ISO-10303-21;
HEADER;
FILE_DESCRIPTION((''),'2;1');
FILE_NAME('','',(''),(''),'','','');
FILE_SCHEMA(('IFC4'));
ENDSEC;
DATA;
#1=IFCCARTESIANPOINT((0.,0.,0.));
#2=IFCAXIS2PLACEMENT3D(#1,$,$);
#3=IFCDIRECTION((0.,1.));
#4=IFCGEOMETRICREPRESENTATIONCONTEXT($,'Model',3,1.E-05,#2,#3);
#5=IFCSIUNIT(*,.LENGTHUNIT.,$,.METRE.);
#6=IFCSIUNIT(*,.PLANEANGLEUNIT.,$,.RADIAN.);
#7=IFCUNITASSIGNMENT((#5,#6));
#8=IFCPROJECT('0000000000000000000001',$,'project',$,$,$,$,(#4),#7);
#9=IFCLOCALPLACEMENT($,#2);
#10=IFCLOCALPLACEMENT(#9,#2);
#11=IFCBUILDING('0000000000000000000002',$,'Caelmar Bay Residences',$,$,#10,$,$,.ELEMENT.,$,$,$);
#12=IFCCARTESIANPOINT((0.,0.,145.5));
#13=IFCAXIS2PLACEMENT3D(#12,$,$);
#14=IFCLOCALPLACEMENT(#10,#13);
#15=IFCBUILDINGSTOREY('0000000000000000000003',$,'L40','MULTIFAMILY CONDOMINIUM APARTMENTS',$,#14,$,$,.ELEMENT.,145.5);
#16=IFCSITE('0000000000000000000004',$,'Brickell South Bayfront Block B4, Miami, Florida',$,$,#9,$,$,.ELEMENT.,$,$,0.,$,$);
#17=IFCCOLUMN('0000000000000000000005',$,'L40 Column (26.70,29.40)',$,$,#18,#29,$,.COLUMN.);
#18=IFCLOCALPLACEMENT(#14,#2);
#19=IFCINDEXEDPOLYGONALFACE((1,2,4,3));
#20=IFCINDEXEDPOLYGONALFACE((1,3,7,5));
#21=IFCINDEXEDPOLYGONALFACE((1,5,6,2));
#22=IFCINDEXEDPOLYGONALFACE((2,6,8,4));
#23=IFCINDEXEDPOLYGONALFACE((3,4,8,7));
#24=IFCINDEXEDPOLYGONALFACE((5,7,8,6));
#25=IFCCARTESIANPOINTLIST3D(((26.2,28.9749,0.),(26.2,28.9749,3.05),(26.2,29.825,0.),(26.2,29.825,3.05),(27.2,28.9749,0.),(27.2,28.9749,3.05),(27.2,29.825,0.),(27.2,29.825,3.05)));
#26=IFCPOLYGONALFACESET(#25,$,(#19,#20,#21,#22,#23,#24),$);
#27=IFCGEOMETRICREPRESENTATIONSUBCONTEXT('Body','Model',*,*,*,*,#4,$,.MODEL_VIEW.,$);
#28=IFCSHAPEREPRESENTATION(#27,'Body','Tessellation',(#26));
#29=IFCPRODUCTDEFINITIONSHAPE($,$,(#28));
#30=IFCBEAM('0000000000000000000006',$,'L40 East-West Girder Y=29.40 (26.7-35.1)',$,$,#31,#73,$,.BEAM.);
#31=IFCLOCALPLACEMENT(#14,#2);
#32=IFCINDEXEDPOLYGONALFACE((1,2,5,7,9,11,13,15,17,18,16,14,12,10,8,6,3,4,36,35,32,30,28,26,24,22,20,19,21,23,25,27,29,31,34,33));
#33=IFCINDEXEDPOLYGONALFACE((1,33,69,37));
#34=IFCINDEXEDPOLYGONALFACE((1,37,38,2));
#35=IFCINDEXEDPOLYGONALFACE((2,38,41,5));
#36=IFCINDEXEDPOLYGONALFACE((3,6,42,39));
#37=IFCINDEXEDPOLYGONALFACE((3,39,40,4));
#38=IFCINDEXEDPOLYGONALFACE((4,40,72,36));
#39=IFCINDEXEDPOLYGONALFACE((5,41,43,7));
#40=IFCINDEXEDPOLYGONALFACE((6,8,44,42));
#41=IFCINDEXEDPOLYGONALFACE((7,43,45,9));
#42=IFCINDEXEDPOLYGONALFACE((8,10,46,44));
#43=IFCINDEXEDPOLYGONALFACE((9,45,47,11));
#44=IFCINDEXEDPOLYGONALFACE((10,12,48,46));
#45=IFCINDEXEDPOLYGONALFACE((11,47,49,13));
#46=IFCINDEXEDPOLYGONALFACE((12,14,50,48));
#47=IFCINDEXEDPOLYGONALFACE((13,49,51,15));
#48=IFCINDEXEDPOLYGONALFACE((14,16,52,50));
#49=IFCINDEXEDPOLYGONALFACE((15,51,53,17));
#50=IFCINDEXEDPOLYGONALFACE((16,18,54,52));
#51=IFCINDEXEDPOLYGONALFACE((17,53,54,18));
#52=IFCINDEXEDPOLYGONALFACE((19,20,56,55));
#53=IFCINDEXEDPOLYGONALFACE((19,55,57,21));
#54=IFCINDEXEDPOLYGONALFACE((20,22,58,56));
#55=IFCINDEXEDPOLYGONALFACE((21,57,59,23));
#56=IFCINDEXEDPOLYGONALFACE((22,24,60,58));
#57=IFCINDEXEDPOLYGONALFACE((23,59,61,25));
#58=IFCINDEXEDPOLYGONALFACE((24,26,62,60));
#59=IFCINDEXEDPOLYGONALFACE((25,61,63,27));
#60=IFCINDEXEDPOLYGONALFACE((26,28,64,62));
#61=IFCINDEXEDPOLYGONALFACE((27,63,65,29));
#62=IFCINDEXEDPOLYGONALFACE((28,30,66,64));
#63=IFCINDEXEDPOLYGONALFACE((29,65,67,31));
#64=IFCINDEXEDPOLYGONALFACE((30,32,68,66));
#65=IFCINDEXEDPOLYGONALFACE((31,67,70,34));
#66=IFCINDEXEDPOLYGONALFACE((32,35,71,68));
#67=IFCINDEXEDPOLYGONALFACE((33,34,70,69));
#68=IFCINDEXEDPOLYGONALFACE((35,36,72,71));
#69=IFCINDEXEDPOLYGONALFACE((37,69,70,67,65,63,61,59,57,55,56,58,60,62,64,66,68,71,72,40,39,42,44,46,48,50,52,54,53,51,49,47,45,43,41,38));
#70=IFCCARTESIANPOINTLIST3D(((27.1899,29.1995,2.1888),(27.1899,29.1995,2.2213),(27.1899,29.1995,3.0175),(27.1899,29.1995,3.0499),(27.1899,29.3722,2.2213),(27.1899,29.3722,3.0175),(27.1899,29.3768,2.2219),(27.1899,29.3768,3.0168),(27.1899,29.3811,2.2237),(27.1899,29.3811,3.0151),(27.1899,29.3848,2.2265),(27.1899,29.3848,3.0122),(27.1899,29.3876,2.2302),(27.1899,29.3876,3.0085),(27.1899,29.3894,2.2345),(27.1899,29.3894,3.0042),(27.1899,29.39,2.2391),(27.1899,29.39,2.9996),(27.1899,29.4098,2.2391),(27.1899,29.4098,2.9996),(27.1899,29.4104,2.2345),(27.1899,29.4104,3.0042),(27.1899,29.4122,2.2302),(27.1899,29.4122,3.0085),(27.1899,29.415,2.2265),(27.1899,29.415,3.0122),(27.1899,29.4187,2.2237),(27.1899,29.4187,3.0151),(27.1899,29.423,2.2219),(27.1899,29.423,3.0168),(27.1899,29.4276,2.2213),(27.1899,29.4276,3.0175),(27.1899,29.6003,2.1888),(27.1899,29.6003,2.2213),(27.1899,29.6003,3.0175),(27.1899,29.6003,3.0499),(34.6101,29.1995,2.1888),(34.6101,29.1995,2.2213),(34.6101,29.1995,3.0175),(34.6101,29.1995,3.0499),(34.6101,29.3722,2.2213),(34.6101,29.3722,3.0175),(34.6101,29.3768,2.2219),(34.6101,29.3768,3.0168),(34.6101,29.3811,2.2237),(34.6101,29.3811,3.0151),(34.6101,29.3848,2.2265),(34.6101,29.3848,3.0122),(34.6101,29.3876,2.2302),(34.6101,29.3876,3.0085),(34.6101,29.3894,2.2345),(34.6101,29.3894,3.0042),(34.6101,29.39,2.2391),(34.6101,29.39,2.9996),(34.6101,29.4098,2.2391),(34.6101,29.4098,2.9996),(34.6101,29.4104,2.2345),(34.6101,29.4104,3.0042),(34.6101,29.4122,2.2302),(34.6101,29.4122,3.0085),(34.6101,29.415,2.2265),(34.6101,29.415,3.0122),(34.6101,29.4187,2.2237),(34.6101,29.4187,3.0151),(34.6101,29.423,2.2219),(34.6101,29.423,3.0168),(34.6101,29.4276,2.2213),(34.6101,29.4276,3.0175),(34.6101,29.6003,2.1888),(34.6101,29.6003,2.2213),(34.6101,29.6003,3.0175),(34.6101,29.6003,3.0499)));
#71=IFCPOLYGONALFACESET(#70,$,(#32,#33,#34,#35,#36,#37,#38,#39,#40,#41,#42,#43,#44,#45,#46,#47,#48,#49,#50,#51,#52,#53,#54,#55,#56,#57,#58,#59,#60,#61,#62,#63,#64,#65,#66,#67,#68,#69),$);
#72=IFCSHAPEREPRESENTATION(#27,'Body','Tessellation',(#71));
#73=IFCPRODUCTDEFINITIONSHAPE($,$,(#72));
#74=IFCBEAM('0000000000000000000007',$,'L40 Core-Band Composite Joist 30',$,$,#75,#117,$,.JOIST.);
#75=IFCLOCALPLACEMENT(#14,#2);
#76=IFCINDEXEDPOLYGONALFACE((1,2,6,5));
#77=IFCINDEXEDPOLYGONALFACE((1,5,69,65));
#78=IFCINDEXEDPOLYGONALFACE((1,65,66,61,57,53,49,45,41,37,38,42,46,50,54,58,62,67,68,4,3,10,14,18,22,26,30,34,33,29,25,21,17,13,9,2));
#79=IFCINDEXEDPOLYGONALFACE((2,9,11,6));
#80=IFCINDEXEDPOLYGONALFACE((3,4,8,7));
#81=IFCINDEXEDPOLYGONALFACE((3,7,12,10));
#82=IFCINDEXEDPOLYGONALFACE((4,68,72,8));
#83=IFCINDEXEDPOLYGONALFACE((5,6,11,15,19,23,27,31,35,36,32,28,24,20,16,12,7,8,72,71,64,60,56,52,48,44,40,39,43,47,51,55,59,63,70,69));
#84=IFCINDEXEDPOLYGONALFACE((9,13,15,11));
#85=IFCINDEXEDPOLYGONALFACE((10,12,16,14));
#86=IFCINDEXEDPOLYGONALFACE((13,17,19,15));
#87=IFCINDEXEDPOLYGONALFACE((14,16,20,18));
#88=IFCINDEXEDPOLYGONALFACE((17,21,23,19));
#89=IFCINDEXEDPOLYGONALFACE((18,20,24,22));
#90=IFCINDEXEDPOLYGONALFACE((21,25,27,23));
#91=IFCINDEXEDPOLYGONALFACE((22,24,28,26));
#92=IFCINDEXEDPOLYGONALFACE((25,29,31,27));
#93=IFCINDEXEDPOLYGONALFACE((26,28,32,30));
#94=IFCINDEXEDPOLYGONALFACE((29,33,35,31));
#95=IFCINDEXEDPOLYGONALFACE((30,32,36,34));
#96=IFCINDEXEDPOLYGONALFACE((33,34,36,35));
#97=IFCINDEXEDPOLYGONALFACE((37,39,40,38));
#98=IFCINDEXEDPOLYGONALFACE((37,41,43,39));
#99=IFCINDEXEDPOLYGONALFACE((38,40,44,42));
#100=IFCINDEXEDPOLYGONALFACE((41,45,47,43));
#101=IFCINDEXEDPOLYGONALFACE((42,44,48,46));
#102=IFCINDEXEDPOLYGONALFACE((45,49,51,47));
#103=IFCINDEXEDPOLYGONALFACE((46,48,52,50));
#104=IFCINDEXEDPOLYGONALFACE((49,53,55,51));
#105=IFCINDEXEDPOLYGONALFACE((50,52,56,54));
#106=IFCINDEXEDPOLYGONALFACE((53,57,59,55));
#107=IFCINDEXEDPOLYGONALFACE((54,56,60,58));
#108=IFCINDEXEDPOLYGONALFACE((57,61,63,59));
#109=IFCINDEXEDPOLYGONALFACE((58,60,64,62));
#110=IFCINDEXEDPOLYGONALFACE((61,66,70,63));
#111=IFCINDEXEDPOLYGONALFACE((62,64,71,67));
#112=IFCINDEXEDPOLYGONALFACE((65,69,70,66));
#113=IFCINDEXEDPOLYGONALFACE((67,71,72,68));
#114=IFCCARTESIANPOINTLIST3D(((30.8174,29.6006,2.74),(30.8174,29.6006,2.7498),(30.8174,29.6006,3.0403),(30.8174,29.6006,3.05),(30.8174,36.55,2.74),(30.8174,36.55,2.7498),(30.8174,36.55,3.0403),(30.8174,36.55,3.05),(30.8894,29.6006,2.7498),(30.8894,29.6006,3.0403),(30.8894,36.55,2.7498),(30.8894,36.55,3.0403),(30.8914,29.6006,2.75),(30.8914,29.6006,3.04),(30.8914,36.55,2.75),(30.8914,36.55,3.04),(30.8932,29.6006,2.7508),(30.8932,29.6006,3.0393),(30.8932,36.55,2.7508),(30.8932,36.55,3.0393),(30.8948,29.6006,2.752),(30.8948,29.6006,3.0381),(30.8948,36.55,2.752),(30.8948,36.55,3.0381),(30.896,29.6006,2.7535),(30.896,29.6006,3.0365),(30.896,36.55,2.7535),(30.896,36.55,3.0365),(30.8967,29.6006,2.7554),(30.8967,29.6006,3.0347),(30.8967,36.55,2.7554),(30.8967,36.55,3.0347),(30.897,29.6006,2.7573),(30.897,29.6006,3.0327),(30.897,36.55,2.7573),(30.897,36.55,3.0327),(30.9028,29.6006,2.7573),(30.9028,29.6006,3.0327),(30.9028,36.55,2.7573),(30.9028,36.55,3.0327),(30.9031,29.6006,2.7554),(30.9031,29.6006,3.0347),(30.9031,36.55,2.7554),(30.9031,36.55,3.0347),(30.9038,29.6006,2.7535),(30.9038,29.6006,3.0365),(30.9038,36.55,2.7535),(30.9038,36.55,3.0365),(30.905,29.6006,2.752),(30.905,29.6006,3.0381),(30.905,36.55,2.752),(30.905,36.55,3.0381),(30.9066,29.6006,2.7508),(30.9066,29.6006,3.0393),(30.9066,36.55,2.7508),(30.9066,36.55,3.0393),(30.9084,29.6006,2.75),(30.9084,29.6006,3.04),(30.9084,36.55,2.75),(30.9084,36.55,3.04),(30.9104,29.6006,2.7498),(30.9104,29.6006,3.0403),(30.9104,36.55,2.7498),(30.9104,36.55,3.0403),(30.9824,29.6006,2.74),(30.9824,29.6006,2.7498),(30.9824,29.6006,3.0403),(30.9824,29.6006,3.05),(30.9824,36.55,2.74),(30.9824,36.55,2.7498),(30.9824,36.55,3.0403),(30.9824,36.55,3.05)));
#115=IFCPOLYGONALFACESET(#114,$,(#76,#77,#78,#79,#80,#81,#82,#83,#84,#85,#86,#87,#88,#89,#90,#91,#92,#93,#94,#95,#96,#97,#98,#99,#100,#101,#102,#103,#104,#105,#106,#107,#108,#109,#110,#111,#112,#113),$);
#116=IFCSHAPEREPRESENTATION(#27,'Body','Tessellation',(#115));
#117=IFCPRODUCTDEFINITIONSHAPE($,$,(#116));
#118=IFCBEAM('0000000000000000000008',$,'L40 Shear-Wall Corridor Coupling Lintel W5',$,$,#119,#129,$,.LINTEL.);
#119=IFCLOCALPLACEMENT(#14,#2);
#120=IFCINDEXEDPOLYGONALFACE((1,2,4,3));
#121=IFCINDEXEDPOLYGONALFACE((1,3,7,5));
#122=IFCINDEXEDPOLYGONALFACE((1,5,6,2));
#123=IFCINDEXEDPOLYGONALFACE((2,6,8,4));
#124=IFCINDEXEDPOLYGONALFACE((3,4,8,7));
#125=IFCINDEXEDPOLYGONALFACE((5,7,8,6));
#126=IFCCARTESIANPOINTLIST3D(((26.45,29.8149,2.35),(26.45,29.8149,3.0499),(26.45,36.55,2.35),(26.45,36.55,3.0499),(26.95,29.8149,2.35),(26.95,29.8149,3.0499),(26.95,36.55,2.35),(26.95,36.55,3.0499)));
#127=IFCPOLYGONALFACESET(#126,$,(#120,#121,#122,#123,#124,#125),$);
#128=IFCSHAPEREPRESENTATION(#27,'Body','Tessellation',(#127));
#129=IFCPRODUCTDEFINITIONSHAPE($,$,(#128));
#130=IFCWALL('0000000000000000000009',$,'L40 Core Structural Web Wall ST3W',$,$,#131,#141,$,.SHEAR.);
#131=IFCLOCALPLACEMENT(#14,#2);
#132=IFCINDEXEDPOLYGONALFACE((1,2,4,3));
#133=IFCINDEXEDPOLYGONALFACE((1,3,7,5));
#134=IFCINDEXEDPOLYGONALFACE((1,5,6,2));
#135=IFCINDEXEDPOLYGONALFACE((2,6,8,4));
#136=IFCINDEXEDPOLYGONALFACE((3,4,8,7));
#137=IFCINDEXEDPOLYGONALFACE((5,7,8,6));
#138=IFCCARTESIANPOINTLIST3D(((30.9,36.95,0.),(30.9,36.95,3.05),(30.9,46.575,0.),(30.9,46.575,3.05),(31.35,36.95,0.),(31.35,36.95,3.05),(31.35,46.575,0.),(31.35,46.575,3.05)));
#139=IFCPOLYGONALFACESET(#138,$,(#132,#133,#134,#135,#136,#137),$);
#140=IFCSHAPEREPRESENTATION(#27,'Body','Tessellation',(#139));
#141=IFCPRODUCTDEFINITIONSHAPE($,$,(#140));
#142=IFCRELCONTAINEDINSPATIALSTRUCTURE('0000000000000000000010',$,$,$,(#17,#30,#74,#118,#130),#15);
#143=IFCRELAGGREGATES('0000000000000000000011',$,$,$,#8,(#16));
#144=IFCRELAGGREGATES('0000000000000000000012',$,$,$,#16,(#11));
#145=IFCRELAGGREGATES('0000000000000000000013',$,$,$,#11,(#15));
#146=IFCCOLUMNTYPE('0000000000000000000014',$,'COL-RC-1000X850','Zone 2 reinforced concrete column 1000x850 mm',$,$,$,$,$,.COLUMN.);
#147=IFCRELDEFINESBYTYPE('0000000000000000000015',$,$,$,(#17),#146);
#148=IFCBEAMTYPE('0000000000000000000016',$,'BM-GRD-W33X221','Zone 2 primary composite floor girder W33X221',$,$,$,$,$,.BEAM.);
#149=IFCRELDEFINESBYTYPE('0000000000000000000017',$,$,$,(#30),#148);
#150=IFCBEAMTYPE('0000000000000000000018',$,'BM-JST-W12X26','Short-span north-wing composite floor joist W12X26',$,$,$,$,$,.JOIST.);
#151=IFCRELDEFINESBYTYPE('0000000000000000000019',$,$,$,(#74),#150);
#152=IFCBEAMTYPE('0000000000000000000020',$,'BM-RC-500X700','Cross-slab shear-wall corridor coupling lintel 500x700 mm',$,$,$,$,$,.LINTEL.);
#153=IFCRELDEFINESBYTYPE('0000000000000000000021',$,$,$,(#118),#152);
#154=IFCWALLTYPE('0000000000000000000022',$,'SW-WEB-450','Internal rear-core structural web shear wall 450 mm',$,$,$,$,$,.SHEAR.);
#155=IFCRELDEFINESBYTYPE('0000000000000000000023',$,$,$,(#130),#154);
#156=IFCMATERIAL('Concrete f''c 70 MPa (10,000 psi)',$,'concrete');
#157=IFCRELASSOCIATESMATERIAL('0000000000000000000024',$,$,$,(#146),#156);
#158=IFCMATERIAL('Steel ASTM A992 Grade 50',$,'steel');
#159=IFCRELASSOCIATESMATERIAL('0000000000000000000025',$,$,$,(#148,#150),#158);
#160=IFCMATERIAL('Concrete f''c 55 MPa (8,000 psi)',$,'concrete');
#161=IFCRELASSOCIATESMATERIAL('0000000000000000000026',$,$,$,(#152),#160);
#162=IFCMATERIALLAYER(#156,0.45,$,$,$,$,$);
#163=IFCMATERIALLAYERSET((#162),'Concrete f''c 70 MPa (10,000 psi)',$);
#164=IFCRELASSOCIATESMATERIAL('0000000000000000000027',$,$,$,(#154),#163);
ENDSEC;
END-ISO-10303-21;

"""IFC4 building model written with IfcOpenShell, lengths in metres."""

from ifc_helpers import new_model, si_unit, direction, frame, frame_2d, origin, origin_2d, place, context, subcontext, project, spatial, rectangle, i_section, extrude, material, layer, layer_set, material_profile, profile_set, type_object, element, save


model = new_model("IFC4")

# Units and contexts
model_context = context("Model", 3, precision=1e-05, world=origin(), true_north=direction((0.0, 1.0)))
body_context = subcontext(model_context, "Body", "Model", "MODEL_VIEW")
ifc_project = project(units=[si_unit("LENGTHUNIT", "METRE"), si_unit("PLANEANGLEUNIT", "RADIAN")], contexts=[model_context])

# Site, building, storey
site_placement = place(None, origin())
site = spatial("IfcSite", under=ifc_project, at=site_placement, Name="Brickell South Bayfront Block B4, Miami, Florida", CompositionType="ELEMENT", RefElevation=0.0)
building_placement = place(site_placement, origin())
building = spatial("IfcBuilding", under=site, at=building_placement, Name="Caelmar Bay Residences", CompositionType="ELEMENT")
storey_placement = place(building_placement, frame((0.0, 0.0, 145.5)))
storey = spatial("IfcBuildingStorey", under=building, at=storey_placement, Name="L40", Description="MULTIFAMILY CONDOMINIUM APARTMENTS", CompositionType="ELEMENT", Elevation=145.5)

# Column
ifc_material_1 = material(Name="Concrete f'c 70 MPa (10,000 psi)", Category="concrete")
ifc_material_profile_1 = material_profile(ifc_material_1, rectangle(XDim=1.0, YDim=0.8501, at=origin_2d()), Name="RC-COL-1000X850")
ifc_profile_set_1 = profile_set([ifc_material_profile_1], Name="Concrete f'c 70 MPa (10,000 psi)")
column_type = type_object("IfcColumnType", Name="COL-RC-1000X850", Description="Zone 2 reinforced concrete column 1000x850 mm", PredefinedType="COLUMN", material=ifc_profile_set_1)
column_placement = place(storey_placement, frame((26.7, 29.3999, 0.0), z_axis=(0.0, 0.0, 1.0), x_axis=(1.0, 0.0, 0.0)))
element("IfcColumn", 1, at=column_placement, inside=storey, type_object=column_type, Name="L40 Column (26.70,29.40)", PredefinedType="COLUMN", context=body_context, shape_type="SweptSolid", body=[
    extrude(rectangle(XDim=1.0, YDim=0.8501, at=origin_2d()), origin(), (0.0, 0.0, 1.0), 3.05),
])

# Beams
ifc_material_2 = material(Name="Steel ASTM A992 Grade 50", Category="steel")
ifc_material_profile_2 = material_profile(ifc_material_2, i_section(OverallWidth=0.4009, OverallDepth=0.8611, WebThickness=0.0198, FlangeThickness=0.0325, FilletRadius=0.0178, at=origin_2d()), Name="W33X221")
ifc_profile_set_2 = profile_set([ifc_material_profile_2], Name="Steel ASTM A992 Grade 50")
beam_type_1 = type_object("IfcBeamType", Name="BM-GRD-W33X221", Description="Zone 2 primary composite floor girder W33X221", PredefinedType="BEAM", material=ifc_profile_set_2)
beam_1_placement = place(storey_placement, frame((27.1899, 29.3999, 2.6194), z_axis=(1.0, 0.0, 0.0), x_axis=(0.0, 1.0, 0.0)))
element("IfcBeam", 2, at=beam_1_placement, inside=storey, type_object=beam_type_1, Name="L40 East-West Girder Y=29.40 (26.7-35.1)", PredefinedType="BEAM", context=body_context, shape_type="SweptSolid", body=[
    extrude(i_section(OverallWidth=0.4009, OverallDepth=0.8611, WebThickness=0.0198, FlangeThickness=0.0325, FilletRadius=0.0178, at=origin_2d()), origin(), (0.0, 0.0, 1.0), 7.4202),
])
ifc_material_profile_3 = material_profile(ifc_material_2, i_section(OverallWidth=0.165, OverallDepth=0.3101, WebThickness=0.0059, FlangeThickness=0.0098, FilletRadius=0.0076, at=origin_2d()), Name="W12X26")
ifc_profile_set_3 = profile_set([ifc_material_profile_3], Name="Steel ASTM A992 Grade 50")
beam_type_2 = type_object("IfcBeamType", Name="BM-JST-W12X26", Description="Short-span north-wing composite floor joist W12X26", PredefinedType="JOIST", material=ifc_profile_set_3)
beam_2_placement = place(storey_placement, frame((30.8999, 29.6006, 2.895), z_axis=(0.0, 1.0, 0.0), x_axis=(-1.0, 0.0, 0.0)))
element("IfcBeam", 3, at=beam_2_placement, inside=storey, type_object=beam_type_2, Name="L40 Core-Band Composite Joist 30", PredefinedType="JOIST", context=body_context, shape_type="SweptSolid", body=[
    extrude(i_section(OverallWidth=0.165, OverallDepth=0.3101, WebThickness=0.0059, FlangeThickness=0.0098, FilletRadius=0.0076, at=origin_2d()), origin(), (0.0, 0.0, 1.0), 6.9495),
])
ifc_material_3 = material(Name="Concrete f'c 55 MPa (8,000 psi)", Category="concrete")
ifc_material_profile_4 = material_profile(ifc_material_3, rectangle(XDim=0.5, YDim=0.7, at=origin_2d()), Name="RC-BM-500X700")
ifc_profile_set_4 = profile_set([ifc_material_profile_4], Name="Concrete f'c 55 MPa (8,000 psi)")
beam_type_3 = type_object("IfcBeamType", Name="BM-RC-500X700", Description="Cross-slab shear-wall corridor coupling lintel 500x700 mm", PredefinedType="LINTEL", material=ifc_profile_set_4)
beam_3_placement = place(storey_placement, frame((26.7, 29.8149, 2.7), z_axis=(0.0, 1.0, 0.0), x_axis=(-1.0, 0.0, 0.0)))
element("IfcBeam", 4, at=beam_3_placement, inside=storey, type_object=beam_type_3, Name="L40 Shear-Wall Corridor Coupling Lintel W5", PredefinedType="LINTEL", context=body_context, shape_type="SweptSolid", body=[
    extrude(rectangle(XDim=0.5, YDim=0.7, at=origin_2d()), origin(), (0.0, 0.0, 1.0), 6.7351),
])

# Wall
ifc_layer_1 = layer(ifc_material_1, 0.45)
ifc_layer_set_1 = layer_set([ifc_layer_1], Name="Concrete f'c 70 MPa (10,000 psi)")
wall_type_1 = type_object("IfcWallType", Name="SW-WEB-450", Description="Internal rear-core structural web shear wall 450 mm", PredefinedType="SHEAR", material=ifc_layer_set_1)
wall_1_placement = place(storey_placement, frame((31.125, 36.95, 0.0), z_axis=(0.0, 0.0, 1.0), x_axis=(0.0, 1.0, 0.0)))
element("IfcWall", 5, at=wall_1_placement, inside=storey, type_object=wall_type_1, Name="L40 Core Structural Web Wall ST3W", PredefinedType="SHEAR", context=body_context, shape_type="SweptSolid", body=[
    extrude(rectangle(XDim=9.625, YDim=0.45, at=frame_2d((4.8125, 0.0))), origin(), (0.0, 0.0, 1.0), 3.05),
])

save(model, "model.ifc")
